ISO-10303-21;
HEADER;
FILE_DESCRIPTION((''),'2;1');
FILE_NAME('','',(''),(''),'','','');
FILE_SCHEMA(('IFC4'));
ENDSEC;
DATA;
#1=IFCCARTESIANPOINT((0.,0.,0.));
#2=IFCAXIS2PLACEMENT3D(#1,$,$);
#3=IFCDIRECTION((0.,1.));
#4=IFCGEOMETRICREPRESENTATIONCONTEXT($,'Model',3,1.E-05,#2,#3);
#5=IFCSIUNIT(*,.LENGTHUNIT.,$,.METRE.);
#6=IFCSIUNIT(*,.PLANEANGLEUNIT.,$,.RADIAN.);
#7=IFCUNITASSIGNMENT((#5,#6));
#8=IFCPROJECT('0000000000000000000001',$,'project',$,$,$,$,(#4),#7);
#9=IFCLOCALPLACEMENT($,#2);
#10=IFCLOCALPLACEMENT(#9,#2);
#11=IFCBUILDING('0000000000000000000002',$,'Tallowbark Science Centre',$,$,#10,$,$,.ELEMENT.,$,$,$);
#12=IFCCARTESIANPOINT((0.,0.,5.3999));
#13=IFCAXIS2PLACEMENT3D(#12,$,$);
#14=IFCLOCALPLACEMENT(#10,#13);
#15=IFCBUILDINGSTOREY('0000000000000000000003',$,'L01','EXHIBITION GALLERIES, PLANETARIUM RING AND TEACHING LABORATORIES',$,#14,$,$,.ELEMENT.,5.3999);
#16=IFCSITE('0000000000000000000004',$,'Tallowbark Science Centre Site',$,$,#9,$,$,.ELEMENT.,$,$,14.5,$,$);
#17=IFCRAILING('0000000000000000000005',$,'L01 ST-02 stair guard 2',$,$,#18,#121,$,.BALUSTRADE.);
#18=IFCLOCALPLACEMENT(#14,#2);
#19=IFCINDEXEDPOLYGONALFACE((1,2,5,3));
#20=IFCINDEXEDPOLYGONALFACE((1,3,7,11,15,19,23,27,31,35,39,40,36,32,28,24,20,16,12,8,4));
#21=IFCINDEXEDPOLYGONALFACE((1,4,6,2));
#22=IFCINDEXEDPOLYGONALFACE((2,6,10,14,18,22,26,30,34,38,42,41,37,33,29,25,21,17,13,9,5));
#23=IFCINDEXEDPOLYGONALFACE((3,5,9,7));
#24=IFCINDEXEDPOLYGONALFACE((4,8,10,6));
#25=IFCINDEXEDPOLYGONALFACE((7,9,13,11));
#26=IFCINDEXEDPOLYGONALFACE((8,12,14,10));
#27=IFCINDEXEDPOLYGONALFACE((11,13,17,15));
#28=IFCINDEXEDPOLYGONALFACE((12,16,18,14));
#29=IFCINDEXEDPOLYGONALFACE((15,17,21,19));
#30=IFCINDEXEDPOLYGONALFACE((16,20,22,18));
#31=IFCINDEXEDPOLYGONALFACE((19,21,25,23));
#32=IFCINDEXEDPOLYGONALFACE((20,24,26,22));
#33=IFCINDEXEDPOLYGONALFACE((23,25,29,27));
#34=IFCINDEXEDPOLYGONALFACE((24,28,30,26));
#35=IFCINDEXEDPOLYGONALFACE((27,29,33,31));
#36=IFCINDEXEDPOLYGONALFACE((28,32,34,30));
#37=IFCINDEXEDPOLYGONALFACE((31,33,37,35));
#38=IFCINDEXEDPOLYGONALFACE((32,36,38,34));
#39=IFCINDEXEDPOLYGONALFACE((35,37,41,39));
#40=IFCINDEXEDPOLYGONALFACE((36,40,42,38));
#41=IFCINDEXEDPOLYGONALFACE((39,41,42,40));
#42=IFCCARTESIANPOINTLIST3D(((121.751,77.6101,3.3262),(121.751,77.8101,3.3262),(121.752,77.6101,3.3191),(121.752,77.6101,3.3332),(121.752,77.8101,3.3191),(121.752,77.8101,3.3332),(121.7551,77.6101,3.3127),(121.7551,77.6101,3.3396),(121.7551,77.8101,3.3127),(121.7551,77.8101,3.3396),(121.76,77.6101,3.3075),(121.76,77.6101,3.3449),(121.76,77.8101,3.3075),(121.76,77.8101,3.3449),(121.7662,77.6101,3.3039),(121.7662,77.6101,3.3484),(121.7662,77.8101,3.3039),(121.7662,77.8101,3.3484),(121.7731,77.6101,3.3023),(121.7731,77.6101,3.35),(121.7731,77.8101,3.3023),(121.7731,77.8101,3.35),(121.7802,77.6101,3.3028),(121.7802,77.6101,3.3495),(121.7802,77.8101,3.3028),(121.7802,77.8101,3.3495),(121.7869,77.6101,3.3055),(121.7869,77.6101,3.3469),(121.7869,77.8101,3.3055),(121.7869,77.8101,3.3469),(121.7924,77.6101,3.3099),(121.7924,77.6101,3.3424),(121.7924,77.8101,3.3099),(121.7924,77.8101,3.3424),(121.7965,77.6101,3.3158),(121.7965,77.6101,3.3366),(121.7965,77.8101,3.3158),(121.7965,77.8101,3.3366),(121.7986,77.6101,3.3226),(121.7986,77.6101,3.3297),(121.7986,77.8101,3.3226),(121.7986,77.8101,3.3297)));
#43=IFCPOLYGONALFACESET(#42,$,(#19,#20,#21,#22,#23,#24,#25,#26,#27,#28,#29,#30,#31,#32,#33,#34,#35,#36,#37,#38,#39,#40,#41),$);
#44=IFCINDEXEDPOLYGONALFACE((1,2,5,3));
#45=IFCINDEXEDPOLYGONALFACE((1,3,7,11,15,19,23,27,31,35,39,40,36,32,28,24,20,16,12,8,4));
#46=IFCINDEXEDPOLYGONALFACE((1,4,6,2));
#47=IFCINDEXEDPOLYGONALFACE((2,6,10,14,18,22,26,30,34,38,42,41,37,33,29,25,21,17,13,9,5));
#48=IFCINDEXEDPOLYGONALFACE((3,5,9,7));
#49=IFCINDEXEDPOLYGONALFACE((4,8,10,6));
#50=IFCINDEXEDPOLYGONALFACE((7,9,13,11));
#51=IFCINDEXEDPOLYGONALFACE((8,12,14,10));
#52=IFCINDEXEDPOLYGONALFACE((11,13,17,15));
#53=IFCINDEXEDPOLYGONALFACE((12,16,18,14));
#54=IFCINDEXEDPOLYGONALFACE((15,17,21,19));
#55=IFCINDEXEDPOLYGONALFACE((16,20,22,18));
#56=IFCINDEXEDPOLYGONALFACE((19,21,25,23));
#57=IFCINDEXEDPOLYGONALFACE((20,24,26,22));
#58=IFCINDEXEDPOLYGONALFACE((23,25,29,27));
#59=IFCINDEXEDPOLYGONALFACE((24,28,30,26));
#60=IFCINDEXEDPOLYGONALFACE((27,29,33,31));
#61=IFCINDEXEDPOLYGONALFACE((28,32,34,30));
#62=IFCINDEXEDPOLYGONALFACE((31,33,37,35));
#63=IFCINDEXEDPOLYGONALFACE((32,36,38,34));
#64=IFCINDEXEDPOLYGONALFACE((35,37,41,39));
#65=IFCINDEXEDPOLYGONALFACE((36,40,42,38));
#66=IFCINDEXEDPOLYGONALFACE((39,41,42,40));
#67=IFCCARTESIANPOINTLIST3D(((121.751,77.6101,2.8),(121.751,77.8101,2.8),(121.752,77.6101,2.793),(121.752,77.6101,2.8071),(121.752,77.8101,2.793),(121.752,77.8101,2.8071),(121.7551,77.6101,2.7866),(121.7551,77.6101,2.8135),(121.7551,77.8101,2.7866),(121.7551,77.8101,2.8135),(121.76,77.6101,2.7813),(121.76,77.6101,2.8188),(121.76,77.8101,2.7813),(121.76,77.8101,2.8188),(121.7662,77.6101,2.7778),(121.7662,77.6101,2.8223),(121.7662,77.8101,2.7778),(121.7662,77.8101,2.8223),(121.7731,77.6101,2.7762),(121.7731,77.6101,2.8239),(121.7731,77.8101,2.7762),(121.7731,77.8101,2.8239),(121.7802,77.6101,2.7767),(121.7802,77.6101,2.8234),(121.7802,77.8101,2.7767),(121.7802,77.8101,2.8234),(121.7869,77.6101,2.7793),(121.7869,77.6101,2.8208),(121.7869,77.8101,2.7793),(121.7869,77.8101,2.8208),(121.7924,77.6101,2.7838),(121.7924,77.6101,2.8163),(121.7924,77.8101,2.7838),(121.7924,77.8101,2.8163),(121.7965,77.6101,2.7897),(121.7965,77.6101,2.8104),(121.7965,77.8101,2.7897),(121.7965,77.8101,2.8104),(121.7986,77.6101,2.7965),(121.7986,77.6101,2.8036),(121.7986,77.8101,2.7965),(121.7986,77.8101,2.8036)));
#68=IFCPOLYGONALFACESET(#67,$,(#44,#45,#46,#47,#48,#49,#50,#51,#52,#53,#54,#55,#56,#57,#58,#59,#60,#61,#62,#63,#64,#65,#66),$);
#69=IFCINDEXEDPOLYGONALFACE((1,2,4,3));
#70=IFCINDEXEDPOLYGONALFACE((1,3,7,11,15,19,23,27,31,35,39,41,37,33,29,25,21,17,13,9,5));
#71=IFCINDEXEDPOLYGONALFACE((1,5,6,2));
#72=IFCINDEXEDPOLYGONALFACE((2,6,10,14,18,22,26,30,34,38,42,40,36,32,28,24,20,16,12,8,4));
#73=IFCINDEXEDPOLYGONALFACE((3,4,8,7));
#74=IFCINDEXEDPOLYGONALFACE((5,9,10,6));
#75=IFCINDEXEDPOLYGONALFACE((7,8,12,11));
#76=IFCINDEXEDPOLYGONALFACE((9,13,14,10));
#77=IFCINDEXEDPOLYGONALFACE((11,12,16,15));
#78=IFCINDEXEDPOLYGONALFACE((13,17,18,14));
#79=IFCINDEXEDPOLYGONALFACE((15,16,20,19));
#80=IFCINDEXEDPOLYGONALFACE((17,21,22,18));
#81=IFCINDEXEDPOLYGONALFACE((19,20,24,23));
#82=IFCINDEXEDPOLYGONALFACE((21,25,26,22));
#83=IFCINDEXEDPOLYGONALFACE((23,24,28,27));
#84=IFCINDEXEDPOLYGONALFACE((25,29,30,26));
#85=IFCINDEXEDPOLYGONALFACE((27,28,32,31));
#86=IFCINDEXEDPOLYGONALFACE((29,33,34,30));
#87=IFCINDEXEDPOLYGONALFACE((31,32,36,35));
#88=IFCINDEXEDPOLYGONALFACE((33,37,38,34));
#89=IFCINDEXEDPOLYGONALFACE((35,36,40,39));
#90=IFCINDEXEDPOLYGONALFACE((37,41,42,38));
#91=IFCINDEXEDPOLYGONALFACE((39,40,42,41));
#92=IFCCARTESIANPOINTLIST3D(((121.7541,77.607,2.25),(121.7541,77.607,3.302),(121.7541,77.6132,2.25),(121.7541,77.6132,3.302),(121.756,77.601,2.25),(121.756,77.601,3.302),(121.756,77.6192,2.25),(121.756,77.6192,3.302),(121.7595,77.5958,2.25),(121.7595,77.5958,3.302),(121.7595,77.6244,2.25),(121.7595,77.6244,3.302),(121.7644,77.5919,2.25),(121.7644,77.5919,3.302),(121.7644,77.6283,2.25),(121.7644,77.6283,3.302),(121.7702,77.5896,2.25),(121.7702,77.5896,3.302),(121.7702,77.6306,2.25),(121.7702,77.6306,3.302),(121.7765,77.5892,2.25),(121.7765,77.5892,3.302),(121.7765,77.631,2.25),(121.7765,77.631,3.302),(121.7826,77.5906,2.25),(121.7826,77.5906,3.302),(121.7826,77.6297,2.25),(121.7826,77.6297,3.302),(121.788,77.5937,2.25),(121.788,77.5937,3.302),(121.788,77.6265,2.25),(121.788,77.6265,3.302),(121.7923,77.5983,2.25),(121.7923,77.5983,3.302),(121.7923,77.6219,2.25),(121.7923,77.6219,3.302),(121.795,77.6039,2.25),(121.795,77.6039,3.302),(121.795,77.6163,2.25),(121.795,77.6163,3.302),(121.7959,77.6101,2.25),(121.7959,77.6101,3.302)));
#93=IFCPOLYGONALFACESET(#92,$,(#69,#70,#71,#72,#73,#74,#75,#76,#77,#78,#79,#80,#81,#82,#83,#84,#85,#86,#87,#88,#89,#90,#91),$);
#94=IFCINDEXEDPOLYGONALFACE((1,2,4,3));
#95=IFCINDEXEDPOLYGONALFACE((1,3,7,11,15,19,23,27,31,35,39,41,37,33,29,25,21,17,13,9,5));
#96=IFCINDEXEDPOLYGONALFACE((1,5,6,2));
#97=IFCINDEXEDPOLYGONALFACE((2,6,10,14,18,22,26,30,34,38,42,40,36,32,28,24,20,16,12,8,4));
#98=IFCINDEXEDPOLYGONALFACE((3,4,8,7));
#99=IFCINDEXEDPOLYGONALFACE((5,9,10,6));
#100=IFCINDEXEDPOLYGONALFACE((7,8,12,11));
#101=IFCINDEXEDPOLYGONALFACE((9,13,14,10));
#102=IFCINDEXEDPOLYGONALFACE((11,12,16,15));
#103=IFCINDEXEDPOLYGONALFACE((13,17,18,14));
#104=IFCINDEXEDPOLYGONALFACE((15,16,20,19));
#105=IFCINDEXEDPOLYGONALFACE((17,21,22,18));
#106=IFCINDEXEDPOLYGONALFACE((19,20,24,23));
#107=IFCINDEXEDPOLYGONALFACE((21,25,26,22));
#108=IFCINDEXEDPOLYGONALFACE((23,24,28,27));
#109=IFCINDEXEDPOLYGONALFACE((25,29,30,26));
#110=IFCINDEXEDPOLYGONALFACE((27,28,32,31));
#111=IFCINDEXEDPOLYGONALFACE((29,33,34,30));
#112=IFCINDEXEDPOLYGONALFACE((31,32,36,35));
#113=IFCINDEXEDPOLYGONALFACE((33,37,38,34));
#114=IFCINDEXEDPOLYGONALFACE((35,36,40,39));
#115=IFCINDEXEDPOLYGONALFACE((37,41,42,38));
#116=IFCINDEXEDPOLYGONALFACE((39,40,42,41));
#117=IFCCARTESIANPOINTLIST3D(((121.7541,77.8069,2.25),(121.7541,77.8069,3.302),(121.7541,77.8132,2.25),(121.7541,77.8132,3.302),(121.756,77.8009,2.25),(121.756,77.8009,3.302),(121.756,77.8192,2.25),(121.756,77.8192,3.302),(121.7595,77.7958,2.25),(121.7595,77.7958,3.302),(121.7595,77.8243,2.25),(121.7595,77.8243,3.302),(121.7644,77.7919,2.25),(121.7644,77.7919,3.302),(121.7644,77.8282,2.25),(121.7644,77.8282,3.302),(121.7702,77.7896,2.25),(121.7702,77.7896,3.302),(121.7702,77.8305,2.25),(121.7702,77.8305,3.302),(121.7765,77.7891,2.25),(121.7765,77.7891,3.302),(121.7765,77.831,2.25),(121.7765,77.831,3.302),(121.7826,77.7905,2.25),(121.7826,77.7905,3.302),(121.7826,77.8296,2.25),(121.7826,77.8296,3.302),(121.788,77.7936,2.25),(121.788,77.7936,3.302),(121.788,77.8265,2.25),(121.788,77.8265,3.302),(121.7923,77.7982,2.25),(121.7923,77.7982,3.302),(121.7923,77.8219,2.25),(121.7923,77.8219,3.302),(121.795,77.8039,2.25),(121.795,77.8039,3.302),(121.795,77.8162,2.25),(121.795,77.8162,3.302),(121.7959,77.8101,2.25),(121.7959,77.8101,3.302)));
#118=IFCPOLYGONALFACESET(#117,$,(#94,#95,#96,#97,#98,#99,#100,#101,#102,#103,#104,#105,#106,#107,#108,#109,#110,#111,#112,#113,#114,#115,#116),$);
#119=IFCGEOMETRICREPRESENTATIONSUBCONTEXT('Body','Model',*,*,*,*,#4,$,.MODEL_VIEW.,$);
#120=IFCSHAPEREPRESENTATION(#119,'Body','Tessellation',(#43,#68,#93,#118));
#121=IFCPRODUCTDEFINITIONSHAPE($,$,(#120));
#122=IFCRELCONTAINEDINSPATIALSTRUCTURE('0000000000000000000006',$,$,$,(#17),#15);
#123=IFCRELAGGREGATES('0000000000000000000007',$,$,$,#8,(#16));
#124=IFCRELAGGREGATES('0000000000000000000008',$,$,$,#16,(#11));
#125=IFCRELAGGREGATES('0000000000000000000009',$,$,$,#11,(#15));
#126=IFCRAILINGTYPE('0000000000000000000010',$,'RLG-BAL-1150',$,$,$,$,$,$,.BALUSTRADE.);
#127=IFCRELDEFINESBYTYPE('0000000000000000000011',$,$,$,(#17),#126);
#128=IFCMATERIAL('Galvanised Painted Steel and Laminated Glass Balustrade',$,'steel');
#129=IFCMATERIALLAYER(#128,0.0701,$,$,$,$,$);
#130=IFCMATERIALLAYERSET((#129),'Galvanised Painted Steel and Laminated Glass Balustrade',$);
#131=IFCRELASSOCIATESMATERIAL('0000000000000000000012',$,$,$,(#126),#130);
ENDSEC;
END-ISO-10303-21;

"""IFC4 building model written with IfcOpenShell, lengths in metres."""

from ifc_helpers import new_model, si_unit, direction, frame, origin, origin_2d, place, context, subcontext, project, spatial, circle, extrude, material, layer, layer_set, type_object, element, save


model = new_model("IFC4")

# Units and contexts
model_context = context("Model", 3, precision=1e-05, world=origin(), true_north=direction((0.0, 1.0)))
body_context = subcontext(model_context, "Body", "Model", "MODEL_VIEW")
ifc_project = project(units=[si_unit("LENGTHUNIT", "METRE"), si_unit("PLANEANGLEUNIT", "RADIAN")], contexts=[model_context])

# Site, building, storey
site_placement = place(None, origin())
site = spatial("IfcSite", under=ifc_project, at=site_placement, Name="Tallowbark Science Centre Site", CompositionType="ELEMENT", RefElevation=14.5)
building_placement = place(site_placement, origin())
building = spatial("IfcBuilding", under=site, at=building_placement, Name="Tallowbark Science Centre", CompositionType="ELEMENT")
storey_placement = place(building_placement, frame((0.0, 0.0, 5.3999)))
storey = spatial("IfcBuildingStorey", under=building, at=storey_placement, Name="L01", Description="EXHIBITION GALLERIES, PLANETARIUM RING AND TEACHING LABORATORIES", CompositionType="ELEMENT", Elevation=5.3999)

# Railing
ifc_material_1 = material(Name="Galvanised Painted Steel and Laminated Glass Balustrade", Category="steel")
ifc_layer_1 = layer(ifc_material_1, 0.0701)
ifc_layer_set_1 = layer_set([ifc_layer_1], Name="Galvanised Painted Steel and Laminated Glass Balustrade")
railing_type_1 = type_object("IfcRailingType", Name="RLG-BAL-1150", PredefinedType="BALUSTRADE", material=ifc_layer_set_1)
railing_1_placement = place(storey_placement, frame((121.7749, 77.6101, 2.25)))
element("IfcRailing", 1, at=railing_1_placement, inside=storey, type_object=railing_type_1, Name="L01 ST-02 stair guard 2", PredefinedType="BALUSTRADE", context=body_context, shape_type="SweptSolid", body=[
    extrude(circle(Radius=0.0239, at=origin_2d()), frame((0.0, 0.0, 1.0762), z_axis=(0.0, 1.0, 0.0), x_axis=(-1.0, 0.0, 0.0)), (0.0, 0.0, 1.0), 0.2),
    extrude(circle(Radius=0.0239, at=origin_2d()), frame((0.0, 0.0, 0.55), z_axis=(0.0, 1.0, 0.0), x_axis=(-1.0, 0.0, 0.0)), (0.0, 0.0, 1.0), 0.2),
    extrude(circle(Radius=0.021, at=origin_2d()), origin(), (0.0, 0.0, 1.0), 1.052),
    extrude(circle(Radius=0.021, at=origin_2d()), frame((0.0, 0.2, 0.0)), (0.0, 0.0, 1.0), 1.052),
])

save(model, "model.ifc")
